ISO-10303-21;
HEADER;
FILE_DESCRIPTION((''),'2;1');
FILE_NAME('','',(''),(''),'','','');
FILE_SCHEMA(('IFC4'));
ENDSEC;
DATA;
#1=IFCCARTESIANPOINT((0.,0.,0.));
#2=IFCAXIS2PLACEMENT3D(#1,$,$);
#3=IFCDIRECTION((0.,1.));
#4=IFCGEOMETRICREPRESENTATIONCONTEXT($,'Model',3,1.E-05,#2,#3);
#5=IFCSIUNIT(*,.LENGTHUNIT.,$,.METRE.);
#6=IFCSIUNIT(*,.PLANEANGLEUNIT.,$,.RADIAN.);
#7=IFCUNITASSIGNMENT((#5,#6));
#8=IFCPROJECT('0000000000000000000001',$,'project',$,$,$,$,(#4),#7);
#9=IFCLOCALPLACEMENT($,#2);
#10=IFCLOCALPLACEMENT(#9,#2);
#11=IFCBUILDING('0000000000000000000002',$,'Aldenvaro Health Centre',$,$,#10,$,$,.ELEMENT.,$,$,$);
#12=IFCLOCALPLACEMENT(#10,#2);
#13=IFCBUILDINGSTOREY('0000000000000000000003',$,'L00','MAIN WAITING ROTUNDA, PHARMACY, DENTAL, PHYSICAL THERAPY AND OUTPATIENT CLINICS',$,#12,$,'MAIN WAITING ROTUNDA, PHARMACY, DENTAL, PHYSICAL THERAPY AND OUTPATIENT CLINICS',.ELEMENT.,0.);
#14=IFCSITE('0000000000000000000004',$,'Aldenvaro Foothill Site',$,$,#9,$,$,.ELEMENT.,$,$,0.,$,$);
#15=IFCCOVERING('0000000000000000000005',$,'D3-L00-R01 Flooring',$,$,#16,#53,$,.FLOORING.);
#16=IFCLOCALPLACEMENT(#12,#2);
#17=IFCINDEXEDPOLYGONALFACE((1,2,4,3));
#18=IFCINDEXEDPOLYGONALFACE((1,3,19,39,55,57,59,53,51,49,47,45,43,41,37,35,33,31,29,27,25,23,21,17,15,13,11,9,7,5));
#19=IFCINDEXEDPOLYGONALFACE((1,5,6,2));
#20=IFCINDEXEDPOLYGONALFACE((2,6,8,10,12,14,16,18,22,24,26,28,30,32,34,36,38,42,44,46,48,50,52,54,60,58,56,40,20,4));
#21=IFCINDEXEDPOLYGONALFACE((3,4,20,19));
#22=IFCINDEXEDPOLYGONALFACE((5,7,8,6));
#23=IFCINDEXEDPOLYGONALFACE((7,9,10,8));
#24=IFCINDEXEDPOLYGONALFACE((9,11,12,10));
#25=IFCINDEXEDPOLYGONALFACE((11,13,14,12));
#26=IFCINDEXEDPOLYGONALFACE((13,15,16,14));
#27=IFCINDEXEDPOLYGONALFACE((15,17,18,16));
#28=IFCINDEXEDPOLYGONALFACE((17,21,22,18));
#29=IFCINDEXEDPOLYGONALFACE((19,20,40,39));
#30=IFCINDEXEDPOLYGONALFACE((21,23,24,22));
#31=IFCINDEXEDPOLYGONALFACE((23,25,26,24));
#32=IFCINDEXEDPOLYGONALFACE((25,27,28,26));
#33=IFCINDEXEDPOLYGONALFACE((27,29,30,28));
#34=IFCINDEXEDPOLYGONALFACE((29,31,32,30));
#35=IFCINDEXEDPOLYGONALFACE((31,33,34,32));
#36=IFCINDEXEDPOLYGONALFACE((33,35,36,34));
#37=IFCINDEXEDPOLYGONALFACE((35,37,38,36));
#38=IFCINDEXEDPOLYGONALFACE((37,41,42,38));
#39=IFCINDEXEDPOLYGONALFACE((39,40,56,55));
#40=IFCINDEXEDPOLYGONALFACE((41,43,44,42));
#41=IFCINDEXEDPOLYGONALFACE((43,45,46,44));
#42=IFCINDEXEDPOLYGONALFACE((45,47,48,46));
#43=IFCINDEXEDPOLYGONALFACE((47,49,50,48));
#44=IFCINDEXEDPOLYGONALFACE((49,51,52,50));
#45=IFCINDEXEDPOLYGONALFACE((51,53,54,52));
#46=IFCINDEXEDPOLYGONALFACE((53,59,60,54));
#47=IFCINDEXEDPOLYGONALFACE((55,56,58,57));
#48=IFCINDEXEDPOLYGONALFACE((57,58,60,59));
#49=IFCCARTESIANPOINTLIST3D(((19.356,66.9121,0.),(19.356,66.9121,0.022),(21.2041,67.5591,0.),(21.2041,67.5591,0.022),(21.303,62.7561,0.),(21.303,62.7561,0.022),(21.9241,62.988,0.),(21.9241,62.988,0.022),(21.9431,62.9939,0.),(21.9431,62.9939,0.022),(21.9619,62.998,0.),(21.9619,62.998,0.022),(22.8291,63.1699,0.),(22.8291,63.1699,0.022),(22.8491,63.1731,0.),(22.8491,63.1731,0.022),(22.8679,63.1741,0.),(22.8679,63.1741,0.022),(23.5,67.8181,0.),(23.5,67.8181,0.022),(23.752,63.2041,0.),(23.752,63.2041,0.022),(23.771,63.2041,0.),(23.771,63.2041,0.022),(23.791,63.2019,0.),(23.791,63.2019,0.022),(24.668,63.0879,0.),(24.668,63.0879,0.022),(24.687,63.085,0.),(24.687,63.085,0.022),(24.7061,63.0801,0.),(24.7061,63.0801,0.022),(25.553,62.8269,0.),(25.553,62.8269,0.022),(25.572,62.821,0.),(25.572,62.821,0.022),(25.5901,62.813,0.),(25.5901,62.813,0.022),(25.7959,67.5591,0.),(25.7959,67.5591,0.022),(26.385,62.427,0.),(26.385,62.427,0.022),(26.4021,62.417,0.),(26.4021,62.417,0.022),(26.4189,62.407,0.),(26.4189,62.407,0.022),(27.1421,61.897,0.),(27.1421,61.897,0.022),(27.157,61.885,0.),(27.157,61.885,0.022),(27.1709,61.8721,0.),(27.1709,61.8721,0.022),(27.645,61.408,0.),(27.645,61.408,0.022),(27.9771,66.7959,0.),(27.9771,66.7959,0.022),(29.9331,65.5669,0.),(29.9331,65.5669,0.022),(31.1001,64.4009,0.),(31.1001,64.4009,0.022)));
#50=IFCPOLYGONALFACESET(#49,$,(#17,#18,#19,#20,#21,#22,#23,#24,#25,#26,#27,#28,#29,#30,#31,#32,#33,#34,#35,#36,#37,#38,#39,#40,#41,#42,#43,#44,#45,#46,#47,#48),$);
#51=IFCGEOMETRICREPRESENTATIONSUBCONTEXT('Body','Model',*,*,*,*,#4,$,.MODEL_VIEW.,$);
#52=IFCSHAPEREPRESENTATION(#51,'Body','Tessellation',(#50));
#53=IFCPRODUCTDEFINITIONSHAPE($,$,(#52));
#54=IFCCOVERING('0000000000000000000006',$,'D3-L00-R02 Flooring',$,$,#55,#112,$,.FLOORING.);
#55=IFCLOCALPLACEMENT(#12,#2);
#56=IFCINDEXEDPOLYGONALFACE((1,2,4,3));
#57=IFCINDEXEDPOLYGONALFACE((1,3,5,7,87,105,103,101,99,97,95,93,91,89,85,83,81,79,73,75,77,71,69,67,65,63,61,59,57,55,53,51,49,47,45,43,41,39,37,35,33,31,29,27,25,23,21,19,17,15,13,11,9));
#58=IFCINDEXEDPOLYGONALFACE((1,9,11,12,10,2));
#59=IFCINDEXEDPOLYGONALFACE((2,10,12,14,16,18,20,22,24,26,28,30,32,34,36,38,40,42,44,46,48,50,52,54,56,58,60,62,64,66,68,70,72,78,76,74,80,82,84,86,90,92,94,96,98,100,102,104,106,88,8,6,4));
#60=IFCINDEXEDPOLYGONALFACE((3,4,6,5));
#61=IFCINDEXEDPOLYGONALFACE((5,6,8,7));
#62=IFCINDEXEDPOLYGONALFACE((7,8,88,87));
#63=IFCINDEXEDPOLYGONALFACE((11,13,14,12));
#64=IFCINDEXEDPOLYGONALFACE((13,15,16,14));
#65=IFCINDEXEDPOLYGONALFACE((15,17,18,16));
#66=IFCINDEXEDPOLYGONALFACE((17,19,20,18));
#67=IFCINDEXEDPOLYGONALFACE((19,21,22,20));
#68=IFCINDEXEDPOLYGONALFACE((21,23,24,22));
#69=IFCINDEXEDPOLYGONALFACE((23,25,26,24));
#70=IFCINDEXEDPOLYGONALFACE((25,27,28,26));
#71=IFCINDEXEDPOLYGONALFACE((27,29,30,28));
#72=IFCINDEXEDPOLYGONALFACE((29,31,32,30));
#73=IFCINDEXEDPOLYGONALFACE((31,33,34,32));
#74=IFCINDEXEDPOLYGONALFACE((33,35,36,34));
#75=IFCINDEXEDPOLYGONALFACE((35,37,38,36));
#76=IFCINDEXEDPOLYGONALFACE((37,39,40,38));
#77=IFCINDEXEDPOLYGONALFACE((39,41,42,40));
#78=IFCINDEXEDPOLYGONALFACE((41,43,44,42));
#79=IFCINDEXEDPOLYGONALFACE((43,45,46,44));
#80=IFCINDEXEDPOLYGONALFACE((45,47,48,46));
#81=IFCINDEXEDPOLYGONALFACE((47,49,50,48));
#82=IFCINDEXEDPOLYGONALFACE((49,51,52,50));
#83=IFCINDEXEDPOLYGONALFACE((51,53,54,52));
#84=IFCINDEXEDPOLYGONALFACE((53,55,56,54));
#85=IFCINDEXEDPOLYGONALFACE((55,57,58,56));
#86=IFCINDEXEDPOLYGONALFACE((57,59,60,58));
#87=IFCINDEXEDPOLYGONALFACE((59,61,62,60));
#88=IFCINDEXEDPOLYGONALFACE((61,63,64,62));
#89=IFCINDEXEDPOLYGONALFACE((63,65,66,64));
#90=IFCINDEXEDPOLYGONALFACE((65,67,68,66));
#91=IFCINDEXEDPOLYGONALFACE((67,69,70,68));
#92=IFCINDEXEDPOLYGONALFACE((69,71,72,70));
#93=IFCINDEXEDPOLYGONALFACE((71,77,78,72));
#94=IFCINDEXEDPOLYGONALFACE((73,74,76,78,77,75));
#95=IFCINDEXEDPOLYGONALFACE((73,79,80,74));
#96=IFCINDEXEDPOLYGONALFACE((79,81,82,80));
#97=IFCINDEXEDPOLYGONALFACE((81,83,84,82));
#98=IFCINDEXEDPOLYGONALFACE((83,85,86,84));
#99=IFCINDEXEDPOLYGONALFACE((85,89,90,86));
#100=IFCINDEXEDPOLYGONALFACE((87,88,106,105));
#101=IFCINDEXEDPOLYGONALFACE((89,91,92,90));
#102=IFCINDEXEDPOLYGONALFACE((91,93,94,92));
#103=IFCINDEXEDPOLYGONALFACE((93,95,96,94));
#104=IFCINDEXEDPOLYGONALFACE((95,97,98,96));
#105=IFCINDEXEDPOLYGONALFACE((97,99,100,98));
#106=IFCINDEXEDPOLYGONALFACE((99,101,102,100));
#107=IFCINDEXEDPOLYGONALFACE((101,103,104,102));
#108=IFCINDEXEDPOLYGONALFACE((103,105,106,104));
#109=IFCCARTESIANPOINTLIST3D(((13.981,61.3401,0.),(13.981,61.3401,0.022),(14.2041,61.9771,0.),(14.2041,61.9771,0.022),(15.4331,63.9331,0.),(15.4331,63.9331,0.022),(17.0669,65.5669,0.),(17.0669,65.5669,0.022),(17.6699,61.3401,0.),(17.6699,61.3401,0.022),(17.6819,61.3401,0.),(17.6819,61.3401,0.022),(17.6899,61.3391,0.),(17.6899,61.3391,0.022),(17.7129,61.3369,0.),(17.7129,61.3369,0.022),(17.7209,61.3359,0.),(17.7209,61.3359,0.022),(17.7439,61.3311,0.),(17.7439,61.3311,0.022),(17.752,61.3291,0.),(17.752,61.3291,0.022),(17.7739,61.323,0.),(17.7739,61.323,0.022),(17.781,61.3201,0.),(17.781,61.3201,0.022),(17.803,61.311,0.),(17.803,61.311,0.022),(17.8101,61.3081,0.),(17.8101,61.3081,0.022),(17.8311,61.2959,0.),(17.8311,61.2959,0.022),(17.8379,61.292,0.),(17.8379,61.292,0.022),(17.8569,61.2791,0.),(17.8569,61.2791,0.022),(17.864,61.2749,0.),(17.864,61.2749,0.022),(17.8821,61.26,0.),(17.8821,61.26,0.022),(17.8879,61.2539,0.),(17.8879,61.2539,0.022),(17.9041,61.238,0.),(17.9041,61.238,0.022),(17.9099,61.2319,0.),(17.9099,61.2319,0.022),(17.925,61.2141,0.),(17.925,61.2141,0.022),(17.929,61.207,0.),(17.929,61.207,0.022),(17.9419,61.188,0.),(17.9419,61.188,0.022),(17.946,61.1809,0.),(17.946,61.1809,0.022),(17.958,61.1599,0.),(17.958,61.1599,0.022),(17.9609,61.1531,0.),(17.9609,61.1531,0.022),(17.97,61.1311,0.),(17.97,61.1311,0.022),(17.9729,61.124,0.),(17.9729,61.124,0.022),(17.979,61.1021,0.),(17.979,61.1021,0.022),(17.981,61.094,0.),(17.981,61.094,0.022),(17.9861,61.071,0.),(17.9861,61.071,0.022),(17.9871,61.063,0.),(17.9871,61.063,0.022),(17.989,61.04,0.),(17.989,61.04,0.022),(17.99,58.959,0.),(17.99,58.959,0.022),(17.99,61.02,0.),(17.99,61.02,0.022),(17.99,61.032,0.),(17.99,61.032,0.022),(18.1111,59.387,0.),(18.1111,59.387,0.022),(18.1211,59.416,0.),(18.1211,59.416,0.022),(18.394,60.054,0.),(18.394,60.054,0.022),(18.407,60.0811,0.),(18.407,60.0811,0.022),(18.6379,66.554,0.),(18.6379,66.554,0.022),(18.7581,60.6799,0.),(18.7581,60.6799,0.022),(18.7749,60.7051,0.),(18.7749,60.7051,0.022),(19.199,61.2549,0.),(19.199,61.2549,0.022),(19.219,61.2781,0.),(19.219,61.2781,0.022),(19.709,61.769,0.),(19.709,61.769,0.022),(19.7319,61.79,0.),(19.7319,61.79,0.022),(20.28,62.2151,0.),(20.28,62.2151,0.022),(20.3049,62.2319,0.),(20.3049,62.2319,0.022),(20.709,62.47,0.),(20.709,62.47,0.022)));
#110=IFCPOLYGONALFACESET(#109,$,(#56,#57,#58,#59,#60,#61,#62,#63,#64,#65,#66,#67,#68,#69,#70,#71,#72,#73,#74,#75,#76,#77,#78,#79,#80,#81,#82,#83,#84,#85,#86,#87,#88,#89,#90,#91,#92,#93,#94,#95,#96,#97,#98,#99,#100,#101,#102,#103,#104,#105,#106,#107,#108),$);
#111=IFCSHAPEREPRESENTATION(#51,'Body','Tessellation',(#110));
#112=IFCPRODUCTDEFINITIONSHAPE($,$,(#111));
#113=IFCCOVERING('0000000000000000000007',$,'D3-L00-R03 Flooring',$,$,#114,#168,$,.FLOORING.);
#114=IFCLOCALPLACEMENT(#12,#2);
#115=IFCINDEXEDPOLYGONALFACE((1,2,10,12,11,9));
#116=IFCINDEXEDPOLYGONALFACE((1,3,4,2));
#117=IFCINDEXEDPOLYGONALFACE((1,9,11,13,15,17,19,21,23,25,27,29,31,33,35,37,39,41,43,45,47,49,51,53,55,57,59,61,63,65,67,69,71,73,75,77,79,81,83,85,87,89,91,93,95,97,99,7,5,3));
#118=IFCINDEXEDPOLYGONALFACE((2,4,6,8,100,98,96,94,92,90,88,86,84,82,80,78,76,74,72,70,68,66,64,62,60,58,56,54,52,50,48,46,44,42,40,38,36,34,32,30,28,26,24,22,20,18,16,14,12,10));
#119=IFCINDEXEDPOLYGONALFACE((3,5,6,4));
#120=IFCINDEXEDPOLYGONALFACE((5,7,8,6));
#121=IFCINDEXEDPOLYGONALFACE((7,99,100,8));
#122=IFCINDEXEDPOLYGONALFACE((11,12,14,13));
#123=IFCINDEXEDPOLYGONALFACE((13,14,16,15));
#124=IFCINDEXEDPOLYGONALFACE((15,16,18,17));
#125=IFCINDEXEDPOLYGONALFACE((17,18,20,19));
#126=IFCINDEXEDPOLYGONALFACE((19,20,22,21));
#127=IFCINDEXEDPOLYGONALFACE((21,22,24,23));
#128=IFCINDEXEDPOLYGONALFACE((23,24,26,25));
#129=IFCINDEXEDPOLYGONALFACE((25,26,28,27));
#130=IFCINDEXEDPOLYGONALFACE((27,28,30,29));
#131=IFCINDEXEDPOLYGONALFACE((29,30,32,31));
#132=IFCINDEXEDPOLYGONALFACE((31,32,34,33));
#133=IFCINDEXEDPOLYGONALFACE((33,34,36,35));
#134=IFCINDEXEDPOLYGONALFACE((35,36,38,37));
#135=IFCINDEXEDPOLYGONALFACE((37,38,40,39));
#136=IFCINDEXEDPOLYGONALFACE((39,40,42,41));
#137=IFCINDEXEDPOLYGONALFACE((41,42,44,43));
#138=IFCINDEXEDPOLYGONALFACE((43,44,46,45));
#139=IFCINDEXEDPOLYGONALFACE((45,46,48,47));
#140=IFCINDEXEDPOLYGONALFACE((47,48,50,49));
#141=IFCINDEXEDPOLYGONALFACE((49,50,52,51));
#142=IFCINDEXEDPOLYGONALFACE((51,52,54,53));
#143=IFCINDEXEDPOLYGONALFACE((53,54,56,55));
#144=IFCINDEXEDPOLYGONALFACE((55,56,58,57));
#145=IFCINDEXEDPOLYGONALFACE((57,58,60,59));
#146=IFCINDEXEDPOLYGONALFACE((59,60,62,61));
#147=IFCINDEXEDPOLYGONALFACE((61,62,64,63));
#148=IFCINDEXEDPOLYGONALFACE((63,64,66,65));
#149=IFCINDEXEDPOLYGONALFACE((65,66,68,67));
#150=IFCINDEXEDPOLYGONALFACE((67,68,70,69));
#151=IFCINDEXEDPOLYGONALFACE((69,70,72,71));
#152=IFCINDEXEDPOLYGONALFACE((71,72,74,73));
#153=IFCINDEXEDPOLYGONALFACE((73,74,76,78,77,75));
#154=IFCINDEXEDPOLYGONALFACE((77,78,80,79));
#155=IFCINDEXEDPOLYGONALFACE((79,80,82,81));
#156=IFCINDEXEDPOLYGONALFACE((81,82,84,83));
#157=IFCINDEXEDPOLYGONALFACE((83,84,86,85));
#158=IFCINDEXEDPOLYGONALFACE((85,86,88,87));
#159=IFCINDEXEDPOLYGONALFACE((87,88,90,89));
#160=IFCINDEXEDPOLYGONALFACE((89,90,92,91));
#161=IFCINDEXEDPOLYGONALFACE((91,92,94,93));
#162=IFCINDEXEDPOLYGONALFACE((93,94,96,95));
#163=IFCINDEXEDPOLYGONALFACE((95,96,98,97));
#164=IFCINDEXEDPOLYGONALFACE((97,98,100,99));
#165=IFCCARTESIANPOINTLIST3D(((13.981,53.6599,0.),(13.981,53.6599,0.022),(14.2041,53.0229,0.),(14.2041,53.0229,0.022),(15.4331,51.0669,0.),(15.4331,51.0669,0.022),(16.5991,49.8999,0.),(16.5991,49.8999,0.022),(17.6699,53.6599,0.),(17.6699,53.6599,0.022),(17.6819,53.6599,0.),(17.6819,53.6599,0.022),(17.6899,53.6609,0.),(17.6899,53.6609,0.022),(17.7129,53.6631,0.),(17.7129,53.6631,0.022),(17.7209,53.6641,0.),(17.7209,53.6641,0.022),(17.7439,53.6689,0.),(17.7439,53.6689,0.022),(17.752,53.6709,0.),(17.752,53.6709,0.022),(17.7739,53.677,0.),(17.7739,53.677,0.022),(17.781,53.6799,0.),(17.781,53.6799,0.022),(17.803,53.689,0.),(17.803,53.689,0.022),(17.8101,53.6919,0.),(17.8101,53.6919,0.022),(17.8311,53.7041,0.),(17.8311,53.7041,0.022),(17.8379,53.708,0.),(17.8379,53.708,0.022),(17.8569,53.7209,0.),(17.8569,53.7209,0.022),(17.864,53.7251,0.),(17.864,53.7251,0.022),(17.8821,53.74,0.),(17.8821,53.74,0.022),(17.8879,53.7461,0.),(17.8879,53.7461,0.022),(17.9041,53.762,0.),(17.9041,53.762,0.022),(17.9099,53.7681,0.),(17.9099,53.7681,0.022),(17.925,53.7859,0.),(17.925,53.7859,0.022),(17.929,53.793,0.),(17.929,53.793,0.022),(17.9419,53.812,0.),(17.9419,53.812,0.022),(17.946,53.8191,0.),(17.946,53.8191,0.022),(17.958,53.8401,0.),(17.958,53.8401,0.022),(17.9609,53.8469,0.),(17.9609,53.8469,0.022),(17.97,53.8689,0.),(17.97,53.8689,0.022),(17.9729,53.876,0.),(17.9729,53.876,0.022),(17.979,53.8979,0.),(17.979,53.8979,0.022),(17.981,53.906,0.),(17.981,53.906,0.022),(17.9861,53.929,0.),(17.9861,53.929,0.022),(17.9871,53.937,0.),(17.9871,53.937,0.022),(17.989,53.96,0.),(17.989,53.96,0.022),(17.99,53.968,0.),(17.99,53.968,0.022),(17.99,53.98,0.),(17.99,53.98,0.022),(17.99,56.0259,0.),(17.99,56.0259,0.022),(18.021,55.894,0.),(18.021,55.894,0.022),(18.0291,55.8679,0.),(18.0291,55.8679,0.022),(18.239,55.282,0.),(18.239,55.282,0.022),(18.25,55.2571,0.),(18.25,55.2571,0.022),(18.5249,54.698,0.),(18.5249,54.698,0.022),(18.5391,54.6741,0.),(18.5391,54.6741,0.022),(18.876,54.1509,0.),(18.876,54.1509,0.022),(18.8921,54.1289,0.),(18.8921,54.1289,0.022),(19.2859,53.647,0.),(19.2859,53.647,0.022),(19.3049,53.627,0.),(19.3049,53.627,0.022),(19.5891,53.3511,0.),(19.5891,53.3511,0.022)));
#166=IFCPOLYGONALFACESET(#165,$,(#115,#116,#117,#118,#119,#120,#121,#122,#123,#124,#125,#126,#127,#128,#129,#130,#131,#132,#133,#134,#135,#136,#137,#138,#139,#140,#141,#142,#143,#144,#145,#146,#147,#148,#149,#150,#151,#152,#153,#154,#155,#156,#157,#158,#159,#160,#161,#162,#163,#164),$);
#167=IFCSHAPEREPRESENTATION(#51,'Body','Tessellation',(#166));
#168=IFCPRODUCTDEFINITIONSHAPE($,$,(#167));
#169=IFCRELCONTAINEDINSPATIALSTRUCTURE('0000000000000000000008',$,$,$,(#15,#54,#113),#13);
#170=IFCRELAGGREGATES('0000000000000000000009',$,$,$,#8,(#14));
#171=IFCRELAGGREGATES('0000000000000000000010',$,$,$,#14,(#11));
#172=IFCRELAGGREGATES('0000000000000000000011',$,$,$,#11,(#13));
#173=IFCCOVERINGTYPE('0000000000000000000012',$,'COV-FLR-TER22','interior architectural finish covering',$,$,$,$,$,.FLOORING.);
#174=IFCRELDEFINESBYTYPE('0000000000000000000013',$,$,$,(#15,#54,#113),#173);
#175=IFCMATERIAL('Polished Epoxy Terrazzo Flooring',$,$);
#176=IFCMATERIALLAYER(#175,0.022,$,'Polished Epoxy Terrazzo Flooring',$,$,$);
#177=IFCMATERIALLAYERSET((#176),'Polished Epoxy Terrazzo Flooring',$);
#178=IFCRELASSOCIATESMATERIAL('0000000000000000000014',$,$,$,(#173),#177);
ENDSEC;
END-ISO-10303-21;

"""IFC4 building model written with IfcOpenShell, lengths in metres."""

from ifc_helpers import new_model, si_unit, direction, origin, place, context, subcontext, project, spatial, polyline, outline, extrude, material, layer, layer_set, type_object, element, save


model = new_model("IFC4")

# Units and contexts
model_context = context("Model", 3, precision=1e-05, world=origin(), true_north=direction((0.0, 1.0)))
body_context = subcontext(model_context, "Body", "Model", "MODEL_VIEW")
ifc_project = project(units=[si_unit("LENGTHUNIT", "METRE"), si_unit("PLANEANGLEUNIT", "RADIAN")], contexts=[model_context])

# Site, building, storey
site_placement = place(None, origin())
site = spatial("IfcSite", under=ifc_project, at=site_placement, Name="Aldenvaro Foothill Site", CompositionType="ELEMENT", RefElevation=0.0)
building_placement = place(site_placement, origin())
building = spatial("IfcBuilding", under=site, at=building_placement, Name="Aldenvaro Health Centre", CompositionType="ELEMENT")
storey_placement = place(building_placement, origin())
storey = spatial("IfcBuildingStorey", under=building, at=storey_placement, Name="L00", Description="MAIN WAITING ROTUNDA, PHARMACY, DENTAL, PHYSICAL THERAPY AND OUTPATIENT CLINICS", LongName="MAIN WAITING ROTUNDA, PHARMACY, DENTAL, PHYSICAL THERAPY AND OUTPATIENT CLINICS", CompositionType="ELEMENT", Elevation=0.0)

# Coverings
ifc_material_1 = material(Name="Polished Epoxy Terrazzo Flooring")
ifc_layer_1 = layer(ifc_material_1, 0.022, Name="Polished Epoxy Terrazzo Flooring")
ifc_layer_set_1 = layer_set([ifc_layer_1], Name="Polished Epoxy Terrazzo Flooring")
covering_type_1 = type_object("IfcCoveringType", Name="COV-FLR-TER22", Description="interior architectural finish covering", PredefinedType="FLOORING", material=ifc_layer_set_1)
covering_1_placement = place(storey_placement, origin())
element("IfcCovering", 1, at=covering_1_placement, inside=storey, type_object=covering_type_1, Name="D3-L00-R01 Flooring", PredefinedType="FLOORING", context=body_context, shape_type="SweptSolid", body=[
    extrude(outline(polyline([(27.1709, 61.8721), (27.157, 61.885), (27.1421, 61.897), (26.4189, 62.407), (26.4021, 62.417), (26.385, 62.427), (25.5901, 62.813), (25.572, 62.821), (25.553, 62.8269), (24.7061, 63.0801), (24.687, 63.085), (24.668, 63.0879), (23.791, 63.2019), (23.771, 63.2041), (23.752, 63.2041), (22.8679, 63.1741), (22.8491, 63.1731), (22.8291, 63.1699), (21.9619, 62.998), (21.9431, 62.9939), (21.9241, 62.988), (21.303, 62.7561), (19.356, 66.9121), (21.2041, 67.5591), (23.5, 67.8181), (25.7959, 67.5591), (27.9771, 66.7959), (29.9331, 65.5669), (31.1001, 64.4009), (27.645, 61.408), (27.1709, 61.8721)])), origin(), (0.0, 0.0, 1.0), 0.022),
])
covering_2_placement = place(storey_placement, origin())
element("IfcCovering", 2, at=covering_2_placement, inside=storey, type_object=covering_type_1, Name="D3-L00-R02 Flooring", PredefinedType="FLOORING", context=body_context, shape_type="SweptSolid", body=[
    extrude(outline(polyline([(17.99, 58.959), (17.99, 61.02), (17.99, 61.032), (17.989, 61.04), (17.9871, 61.063), (17.9861, 61.071), (17.981, 61.094), (17.979, 61.1021), (17.9729, 61.124), (17.97, 61.1311), (17.9609, 61.1531), (17.958, 61.1599), (17.946, 61.1809), (17.9419, 61.188), (17.929, 61.207), (17.925, 61.2141), (17.9099, 61.2319), (17.9041, 61.238), (17.8879, 61.2539), (17.8821, 61.26), (17.864, 61.2749), (17.8569, 61.2791), (17.8379, 61.292), (17.8311, 61.2959), (17.8101, 61.3081), (17.803, 61.311), (17.781, 61.3201), (17.7739, 61.323), (17.752, 61.3291), (17.7439, 61.3311), (17.7209, 61.3359), (17.7129, 61.3369), (17.6899, 61.3391), (17.6819, 61.3401), (17.6699, 61.3401), (13.981, 61.3401), (14.2041, 61.9771), (15.4331, 63.9331), (17.0669, 65.5669), (18.6379, 66.554), (20.709, 62.47), (20.3049, 62.2319), (20.28, 62.2151), (19.7319, 61.79), (19.709, 61.769), (19.219, 61.2781), (19.199, 61.2549), (18.7749, 60.7051), (18.7581, 60.6799), (18.407, 60.0811), (18.394, 60.054), (18.1211, 59.416), (18.1111, 59.387), (17.99, 58.959)])), origin(), (0.0, 0.0, 1.0), 0.022),
])
covering_3_placement = place(storey_placement, origin())
element("IfcCovering", 3, at=covering_3_placement, inside=storey, type_object=covering_type_1, Name="D3-L00-R03 Flooring", PredefinedType="FLOORING", context=body_context, shape_type="SweptSolid", body=[
    extrude(outline(polyline([(17.99, 56.0259), (18.021, 55.894), (18.0291, 55.8679), (18.239, 55.282), (18.25, 55.2571), (18.5249, 54.698), (18.5391, 54.6741), (18.876, 54.1509), (18.8921, 54.1289), (19.2859, 53.647), (19.3049, 53.627), (19.5891, 53.3511), (16.5991, 49.8999), (15.4331, 51.0669), (14.2041, 53.0229), (13.981, 53.6599), (17.6699, 53.6599), (17.6819, 53.6599), (17.6899, 53.6609), (17.7129, 53.6631), (17.7209, 53.6641), (17.7439, 53.6689), (17.752, 53.6709), (17.7739, 53.677), (17.781, 53.6799), (17.803, 53.689), (17.8101, 53.6919), (17.8311, 53.7041), (17.8379, 53.708), (17.8569, 53.7209), (17.864, 53.7251), (17.8821, 53.74), (17.8879, 53.7461), (17.9041, 53.762), (17.9099, 53.7681), (17.925, 53.7859), (17.929, 53.793), (17.9419, 53.812), (17.946, 53.8191), (17.958, 53.8401), (17.9609, 53.8469), (17.97, 53.8689), (17.9729, 53.876), (17.979, 53.8979), (17.981, 53.906), (17.9861, 53.929), (17.9871, 53.937), (17.989, 53.96), (17.99, 53.968), (17.99, 53.98), (17.99, 56.0259)])), origin(), (0.0, 0.0, 1.0), 0.022),
])

save(model, "model.ifc")
